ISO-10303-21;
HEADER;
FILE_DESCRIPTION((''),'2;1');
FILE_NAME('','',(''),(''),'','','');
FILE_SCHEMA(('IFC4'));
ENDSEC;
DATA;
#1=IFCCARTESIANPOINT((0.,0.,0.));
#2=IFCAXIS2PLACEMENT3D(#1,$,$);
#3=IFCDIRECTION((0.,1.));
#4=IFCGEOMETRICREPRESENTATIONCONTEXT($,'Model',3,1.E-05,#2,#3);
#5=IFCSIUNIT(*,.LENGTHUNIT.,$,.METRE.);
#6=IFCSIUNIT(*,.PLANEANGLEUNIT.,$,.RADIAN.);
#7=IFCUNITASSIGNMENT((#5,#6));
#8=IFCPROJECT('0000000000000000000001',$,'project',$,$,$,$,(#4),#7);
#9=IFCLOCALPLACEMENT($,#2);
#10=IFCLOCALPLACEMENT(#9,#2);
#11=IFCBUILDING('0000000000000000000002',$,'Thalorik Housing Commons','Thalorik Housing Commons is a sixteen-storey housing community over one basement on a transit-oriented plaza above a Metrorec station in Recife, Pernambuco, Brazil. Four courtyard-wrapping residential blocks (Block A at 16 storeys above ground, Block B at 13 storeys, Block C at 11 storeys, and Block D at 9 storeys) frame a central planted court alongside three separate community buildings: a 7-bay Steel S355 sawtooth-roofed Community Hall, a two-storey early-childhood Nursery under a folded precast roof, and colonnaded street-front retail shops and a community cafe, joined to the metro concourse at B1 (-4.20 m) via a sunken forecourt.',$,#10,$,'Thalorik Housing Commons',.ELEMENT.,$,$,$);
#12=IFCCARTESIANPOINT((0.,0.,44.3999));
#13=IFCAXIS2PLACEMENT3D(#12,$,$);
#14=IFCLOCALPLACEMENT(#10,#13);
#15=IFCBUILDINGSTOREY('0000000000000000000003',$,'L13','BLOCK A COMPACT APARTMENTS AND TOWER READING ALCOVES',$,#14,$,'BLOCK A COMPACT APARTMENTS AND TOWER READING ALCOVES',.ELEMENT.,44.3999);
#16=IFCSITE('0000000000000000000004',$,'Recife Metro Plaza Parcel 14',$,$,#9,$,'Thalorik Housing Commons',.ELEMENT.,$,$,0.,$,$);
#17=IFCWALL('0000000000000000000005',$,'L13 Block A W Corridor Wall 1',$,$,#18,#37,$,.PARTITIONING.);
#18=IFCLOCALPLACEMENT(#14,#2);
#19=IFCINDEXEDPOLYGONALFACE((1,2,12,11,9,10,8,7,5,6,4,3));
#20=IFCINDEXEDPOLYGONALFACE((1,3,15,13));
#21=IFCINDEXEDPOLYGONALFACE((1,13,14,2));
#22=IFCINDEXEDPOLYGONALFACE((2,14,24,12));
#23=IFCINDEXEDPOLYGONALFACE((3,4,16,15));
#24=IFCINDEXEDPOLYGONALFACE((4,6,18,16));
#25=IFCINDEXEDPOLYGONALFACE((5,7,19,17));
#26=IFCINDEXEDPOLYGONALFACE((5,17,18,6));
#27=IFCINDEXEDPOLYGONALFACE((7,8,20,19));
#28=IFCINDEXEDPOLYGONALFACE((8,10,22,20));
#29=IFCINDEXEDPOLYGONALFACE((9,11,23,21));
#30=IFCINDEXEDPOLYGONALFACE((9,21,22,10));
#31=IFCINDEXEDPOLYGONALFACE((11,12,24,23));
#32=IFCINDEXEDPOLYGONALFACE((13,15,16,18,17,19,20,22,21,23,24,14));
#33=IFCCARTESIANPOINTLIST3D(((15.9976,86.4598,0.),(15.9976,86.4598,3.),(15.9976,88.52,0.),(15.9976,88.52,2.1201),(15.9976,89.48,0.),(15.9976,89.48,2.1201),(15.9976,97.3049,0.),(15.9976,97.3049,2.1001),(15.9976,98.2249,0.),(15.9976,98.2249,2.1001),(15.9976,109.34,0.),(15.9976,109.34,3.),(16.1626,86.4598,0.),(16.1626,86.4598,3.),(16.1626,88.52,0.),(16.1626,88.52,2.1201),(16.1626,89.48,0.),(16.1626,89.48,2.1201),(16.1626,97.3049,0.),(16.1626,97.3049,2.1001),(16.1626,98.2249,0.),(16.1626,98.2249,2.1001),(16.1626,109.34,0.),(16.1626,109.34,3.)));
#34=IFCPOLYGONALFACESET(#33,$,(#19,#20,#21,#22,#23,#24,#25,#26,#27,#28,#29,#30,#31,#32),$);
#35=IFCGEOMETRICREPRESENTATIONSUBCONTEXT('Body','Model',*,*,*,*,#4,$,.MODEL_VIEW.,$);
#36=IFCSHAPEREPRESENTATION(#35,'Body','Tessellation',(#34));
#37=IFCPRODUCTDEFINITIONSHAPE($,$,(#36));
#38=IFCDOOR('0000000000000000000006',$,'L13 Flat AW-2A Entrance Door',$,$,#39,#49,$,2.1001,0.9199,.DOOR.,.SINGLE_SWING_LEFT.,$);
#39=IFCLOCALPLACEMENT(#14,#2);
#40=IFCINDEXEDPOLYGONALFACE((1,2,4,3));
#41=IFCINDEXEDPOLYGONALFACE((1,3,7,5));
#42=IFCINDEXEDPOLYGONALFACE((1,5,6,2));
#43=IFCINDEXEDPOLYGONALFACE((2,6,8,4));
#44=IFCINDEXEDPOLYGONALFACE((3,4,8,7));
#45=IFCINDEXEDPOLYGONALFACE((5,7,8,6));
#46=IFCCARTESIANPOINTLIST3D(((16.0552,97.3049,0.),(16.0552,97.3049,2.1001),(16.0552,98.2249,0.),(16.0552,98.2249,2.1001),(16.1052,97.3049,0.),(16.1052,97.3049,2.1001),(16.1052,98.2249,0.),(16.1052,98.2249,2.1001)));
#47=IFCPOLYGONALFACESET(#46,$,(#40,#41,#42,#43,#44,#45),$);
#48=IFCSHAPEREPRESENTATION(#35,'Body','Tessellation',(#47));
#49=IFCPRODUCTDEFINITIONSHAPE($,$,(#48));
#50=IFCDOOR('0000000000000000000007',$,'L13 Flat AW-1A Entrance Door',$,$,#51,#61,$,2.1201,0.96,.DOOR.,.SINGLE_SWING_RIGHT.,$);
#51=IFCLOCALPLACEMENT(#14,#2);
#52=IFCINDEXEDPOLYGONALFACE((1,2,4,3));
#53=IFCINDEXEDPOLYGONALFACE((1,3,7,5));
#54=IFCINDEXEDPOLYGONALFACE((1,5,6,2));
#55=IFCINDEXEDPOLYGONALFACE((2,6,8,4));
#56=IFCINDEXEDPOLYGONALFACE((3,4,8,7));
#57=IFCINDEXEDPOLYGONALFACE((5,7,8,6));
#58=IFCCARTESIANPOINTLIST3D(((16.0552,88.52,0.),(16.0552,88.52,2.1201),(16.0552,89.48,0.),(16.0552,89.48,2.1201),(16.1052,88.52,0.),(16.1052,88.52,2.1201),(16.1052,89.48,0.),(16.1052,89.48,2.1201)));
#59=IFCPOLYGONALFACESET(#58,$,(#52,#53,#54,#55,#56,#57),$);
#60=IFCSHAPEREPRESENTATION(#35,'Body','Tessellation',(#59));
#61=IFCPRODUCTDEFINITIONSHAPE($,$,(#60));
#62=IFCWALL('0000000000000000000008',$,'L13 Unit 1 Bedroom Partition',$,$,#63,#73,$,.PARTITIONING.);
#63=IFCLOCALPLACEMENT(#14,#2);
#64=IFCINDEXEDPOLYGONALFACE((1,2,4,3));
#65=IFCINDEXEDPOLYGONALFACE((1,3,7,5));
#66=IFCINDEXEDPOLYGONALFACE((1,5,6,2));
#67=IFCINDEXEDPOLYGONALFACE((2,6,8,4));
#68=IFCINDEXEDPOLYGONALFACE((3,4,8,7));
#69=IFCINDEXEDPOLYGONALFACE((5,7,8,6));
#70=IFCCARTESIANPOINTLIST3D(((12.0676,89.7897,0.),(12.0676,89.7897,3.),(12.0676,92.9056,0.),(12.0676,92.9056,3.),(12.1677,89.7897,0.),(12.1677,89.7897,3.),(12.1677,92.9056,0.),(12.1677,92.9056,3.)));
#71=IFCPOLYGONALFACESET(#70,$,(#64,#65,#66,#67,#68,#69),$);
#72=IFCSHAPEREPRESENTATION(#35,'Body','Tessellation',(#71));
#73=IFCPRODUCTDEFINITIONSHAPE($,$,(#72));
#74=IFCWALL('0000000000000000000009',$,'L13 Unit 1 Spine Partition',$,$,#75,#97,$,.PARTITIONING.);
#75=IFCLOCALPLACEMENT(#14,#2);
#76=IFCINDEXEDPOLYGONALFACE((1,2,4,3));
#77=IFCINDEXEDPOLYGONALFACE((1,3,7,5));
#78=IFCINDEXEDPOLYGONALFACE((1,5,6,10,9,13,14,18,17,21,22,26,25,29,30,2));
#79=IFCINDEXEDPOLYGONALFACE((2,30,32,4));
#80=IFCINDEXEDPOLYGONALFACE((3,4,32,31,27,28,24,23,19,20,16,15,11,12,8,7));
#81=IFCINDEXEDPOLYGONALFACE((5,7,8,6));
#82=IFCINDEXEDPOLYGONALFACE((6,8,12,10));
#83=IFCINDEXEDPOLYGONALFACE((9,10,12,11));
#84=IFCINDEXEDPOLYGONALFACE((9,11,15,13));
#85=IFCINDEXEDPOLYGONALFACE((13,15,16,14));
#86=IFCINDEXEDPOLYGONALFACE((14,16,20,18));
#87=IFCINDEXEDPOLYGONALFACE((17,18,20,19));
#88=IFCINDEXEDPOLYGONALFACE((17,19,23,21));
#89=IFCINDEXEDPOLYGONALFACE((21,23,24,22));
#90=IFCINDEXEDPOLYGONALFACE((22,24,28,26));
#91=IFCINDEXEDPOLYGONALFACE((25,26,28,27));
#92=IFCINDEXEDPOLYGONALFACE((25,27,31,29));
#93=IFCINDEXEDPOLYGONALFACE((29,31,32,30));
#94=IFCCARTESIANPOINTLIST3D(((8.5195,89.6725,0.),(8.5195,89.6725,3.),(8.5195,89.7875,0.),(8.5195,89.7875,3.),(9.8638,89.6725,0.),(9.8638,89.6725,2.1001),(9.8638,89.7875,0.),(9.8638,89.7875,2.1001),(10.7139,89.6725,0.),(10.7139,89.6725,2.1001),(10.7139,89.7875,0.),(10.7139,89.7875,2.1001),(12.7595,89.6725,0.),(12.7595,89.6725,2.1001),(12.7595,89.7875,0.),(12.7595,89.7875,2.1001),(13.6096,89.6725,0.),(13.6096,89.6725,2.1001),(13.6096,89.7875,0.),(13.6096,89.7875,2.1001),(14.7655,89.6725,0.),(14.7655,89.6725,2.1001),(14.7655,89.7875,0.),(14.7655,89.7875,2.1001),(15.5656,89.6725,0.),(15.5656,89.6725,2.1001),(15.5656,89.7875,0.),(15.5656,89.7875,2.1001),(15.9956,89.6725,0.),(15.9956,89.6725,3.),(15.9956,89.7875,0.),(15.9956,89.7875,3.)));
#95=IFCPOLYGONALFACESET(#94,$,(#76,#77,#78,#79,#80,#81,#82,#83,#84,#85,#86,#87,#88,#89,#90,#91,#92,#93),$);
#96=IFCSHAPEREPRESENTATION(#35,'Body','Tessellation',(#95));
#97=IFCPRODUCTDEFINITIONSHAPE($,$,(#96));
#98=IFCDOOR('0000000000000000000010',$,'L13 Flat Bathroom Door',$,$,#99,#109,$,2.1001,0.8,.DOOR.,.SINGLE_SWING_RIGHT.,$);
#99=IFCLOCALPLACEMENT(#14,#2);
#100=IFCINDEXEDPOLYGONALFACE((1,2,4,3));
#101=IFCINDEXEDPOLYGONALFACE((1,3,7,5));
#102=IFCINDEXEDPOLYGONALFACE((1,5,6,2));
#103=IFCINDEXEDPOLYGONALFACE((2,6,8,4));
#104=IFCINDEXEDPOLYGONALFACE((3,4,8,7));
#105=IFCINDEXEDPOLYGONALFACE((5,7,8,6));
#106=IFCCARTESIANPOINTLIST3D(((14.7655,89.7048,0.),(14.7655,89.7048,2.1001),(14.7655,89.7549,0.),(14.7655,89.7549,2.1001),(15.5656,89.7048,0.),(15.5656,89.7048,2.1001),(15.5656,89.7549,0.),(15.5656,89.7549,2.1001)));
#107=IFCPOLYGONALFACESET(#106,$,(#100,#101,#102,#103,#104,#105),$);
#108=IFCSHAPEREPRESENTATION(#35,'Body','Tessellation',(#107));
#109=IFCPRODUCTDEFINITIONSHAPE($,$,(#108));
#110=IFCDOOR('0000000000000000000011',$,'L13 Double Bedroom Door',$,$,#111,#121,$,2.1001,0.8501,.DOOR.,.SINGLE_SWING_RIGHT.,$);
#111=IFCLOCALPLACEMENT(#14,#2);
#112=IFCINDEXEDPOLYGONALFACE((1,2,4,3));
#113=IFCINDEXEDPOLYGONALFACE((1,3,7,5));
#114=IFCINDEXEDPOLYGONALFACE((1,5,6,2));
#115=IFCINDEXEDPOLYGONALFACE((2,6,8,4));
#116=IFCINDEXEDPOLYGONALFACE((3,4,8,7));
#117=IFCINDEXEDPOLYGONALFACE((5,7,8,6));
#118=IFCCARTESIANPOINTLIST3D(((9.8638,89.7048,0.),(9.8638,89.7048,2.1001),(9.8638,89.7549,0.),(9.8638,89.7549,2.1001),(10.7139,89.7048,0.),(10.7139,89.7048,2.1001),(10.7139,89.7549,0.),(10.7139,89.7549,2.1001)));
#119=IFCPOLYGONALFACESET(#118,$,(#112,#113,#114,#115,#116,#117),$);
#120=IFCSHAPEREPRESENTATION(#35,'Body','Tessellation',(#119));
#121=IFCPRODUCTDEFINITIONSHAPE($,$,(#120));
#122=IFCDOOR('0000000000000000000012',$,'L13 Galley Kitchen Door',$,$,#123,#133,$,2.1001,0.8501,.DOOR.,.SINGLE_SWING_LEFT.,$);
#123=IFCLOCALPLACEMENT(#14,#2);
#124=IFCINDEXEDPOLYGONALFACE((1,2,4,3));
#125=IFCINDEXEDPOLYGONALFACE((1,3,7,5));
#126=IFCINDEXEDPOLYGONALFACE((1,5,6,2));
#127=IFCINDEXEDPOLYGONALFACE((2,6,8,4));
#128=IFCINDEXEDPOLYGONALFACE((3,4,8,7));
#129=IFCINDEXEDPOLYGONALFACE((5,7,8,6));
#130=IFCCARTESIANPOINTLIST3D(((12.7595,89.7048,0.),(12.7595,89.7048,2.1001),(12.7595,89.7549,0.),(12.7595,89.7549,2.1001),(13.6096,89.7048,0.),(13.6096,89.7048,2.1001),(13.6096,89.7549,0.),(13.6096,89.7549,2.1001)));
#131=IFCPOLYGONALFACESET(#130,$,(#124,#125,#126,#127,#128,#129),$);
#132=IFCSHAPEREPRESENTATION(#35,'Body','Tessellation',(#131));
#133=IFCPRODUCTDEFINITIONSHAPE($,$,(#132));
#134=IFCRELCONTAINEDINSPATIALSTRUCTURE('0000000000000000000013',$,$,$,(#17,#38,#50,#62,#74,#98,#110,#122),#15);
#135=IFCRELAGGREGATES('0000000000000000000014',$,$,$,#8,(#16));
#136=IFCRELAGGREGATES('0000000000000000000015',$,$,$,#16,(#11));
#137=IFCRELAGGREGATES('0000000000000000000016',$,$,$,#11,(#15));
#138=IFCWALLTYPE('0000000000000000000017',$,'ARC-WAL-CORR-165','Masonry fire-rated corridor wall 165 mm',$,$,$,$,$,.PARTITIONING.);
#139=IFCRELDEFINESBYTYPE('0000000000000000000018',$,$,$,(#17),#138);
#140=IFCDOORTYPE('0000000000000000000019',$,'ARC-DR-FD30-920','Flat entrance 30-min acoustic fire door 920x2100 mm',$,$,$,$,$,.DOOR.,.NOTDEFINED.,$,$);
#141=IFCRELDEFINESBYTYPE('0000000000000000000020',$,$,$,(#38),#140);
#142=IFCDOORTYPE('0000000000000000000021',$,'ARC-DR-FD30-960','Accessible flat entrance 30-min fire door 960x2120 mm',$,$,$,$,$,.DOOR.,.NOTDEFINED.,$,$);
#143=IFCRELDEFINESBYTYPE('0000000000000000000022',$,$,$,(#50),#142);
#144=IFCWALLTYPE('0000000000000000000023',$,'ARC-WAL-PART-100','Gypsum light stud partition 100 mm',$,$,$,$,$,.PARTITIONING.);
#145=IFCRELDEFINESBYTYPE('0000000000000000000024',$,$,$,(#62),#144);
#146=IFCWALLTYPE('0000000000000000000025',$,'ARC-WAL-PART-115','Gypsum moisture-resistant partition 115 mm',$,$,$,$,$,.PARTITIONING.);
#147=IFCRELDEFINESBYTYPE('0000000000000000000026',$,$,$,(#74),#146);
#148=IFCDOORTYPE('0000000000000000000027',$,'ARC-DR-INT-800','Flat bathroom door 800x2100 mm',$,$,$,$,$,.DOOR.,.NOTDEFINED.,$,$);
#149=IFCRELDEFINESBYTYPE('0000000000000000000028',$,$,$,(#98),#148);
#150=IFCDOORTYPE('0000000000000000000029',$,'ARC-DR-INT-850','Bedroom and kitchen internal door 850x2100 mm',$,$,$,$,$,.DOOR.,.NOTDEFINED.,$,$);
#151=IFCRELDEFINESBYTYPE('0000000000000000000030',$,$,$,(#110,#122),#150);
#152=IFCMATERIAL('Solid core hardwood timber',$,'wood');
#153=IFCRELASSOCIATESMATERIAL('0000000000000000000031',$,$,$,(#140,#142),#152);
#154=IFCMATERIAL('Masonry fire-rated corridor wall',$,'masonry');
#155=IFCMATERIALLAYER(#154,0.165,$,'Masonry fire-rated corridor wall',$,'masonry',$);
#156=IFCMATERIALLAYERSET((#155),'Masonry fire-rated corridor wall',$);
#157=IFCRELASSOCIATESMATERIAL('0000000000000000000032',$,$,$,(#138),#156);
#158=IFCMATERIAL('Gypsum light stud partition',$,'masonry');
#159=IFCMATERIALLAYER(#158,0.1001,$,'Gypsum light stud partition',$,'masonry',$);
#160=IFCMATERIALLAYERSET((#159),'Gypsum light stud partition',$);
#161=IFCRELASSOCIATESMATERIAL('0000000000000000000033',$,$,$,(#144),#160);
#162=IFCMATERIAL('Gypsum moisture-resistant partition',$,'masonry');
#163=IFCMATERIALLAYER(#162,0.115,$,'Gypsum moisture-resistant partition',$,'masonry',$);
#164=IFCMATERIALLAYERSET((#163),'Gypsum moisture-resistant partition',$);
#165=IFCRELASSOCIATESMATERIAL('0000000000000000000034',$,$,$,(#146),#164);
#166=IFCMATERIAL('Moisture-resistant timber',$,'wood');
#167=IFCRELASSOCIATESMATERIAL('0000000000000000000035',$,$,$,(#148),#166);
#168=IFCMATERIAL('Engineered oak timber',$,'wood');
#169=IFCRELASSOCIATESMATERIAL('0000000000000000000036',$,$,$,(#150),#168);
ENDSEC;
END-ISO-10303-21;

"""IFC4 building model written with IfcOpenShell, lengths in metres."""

from ifc_helpers import new_model, si_unit, direction, frame, frame_2d, origin, place, context, subcontext, project, spatial, rectangle, extrude, material, layer, layer_set, type_object, element, fill, save


model = new_model("IFC4")

# Units and contexts
model_context = context("Model", 3, precision=1e-05, world=origin(), true_north=direction((0.0, 1.0)))
body_context = subcontext(model_context, "Body", "Model", "MODEL_VIEW")
ifc_project = project(units=[si_unit("LENGTHUNIT", "METRE"), si_unit("PLANEANGLEUNIT", "RADIAN")], contexts=[model_context])

# Site, building, storey
site_placement = place(None, origin())
site = spatial("IfcSite", under=ifc_project, at=site_placement, Name="Recife Metro Plaza Parcel 14", LongName="Thalorik Housing Commons", CompositionType="ELEMENT", RefElevation=0.0)
building_placement = place(site_placement, origin())
building = spatial("IfcBuilding", under=site, at=building_placement, Name="Thalorik Housing Commons", Description="Thalorik Housing Commons is a sixteen-storey housing community over one basement on a transit-oriented plaza above a Metrorec station in Recife, Pernambuco, Brazil. Four courtyard-wrapping residential blocks (Block A at 16 storeys above ground, Block B at 13 storeys, Block C at 11 storeys, and Block D at 9 storeys) frame a central planted court alongside three separate community buildings: a 7-bay Steel S355 sawtooth-roofed Community Hall, a two-storey early-childhood Nursery under a folded precast roof, and colonnaded street-front retail shops and a community cafe, joined to the metro concourse at B1 (-4.20 m) via a sunken forecourt.", LongName="Thalorik Housing Commons", CompositionType="ELEMENT")
storey_placement = place(building_placement, frame((0.0, 0.0, 44.3999)))
storey = spatial("IfcBuildingStorey", under=building, at=storey_placement, Name="L13", Description="BLOCK A COMPACT APARTMENTS AND TOWER READING ALCOVES", LongName="BLOCK A COMPACT APARTMENTS AND TOWER READING ALCOVES", CompositionType="ELEMENT", Elevation=44.3999)

# Wall, openings, doors
ifc_material_1 = material(Name="Masonry fire-rated corridor wall", Category="masonry")
ifc_material_2 = material(Name="Solid core hardwood timber", Category="wood")
door_type_1 = type_object("IfcDoorType", Name="ARC-DR-FD30-920", Description="Flat entrance 30-min acoustic fire door 920x2100 mm", OperationType="NOTDEFINED", PredefinedType="DOOR", material=ifc_material_2)
ifc_layer_1 = layer(ifc_material_1, 0.165, Name="Masonry fire-rated corridor wall", Category="masonry")
ifc_layer_set_1 = layer_set([ifc_layer_1], Name="Masonry fire-rated corridor wall")
wall_type_1 = type_object("IfcWallType", Name="ARC-WAL-CORR-165", Description="Masonry fire-rated corridor wall 165 mm", PredefinedType="PARTITIONING", material=ifc_layer_set_1)
wall_1_placement = place(storey_placement, frame((16.0801, 86.46, 0.0), z_axis=(0.0, 0.0, 1.0), x_axis=(0.0, 1.0, 0.0)))
wall_1 = element("IfcWall", 1, at=wall_1_placement, inside=storey, type_object=wall_type_1, Name="L13 Block A W Corridor Wall 1", PredefinedType="PARTITIONING", context=body_context, shape_type="SweptSolid", body=[
    extrude(rectangle(XDim=22.8801, YDim=0.165, at=frame_2d((11.4399, 0.0))), origin(), (0.0, 0.0, 1.0), 3.0),
])
opening_1_placement = place(wall_1_placement, frame((2.0601, 0.0, 0.0)))
opening_1 = element("IfcOpeningElement", 2, at=opening_1_placement, cuts=wall_1, PredefinedType="OPENING", context=body_context, shape_type="SweptSolid", body=[
    extrude(rectangle(XDim=0.96, YDim=2.1201, at=frame_2d((0.48, 1.0601))), frame((0.0, 0.0925, 0.0), z_axis=(0.0, -1.0, 0.0), x_axis=(1.0, 0.0, 0.0)), (0.0, 0.0, 1.0), 0.1851),
])
opening_2_placement = place(wall_1_placement, frame((10.845, 0.0, 0.0)))
opening_2 = element("IfcOpeningElement", 3, at=opening_2_placement, cuts=wall_1, PredefinedType="OPENING", context=body_context, shape_type="SweptSolid", body=[
    extrude(rectangle(XDim=0.9199, YDim=2.1001, at=frame_2d((0.46, 1.05))), frame((0.0, 0.0925, 0.0), z_axis=(0.0, -1.0, 0.0), x_axis=(1.0, 0.0, 0.0)), (0.0, 0.0, 1.0), 0.1851),
])
door_1_placement = place(opening_2_placement, origin())
door_1 = element("IfcDoor", 4, at=door_1_placement, inside=storey, type_object=door_type_1, Name="L13 Flat AW-2A Entrance Door", OperationType="SINGLE_SWING_LEFT", OverallHeight=2.1001, OverallWidth=0.9199, PredefinedType="DOOR", context=body_context, shape_type="SweptSolid", body=[
    extrude(rectangle(XDim=0.9199, YDim=2.1001, at=frame_2d((0.46, 1.05))), frame((0.0, 0.0249, 0.0), z_axis=(0.0, -1.0, 0.0), x_axis=(1.0, 0.0, 0.0)), (0.0, 0.0, 1.0), 0.05),
])
fill(opening_2, door_1)
door_type_2 = type_object("IfcDoorType", Name="ARC-DR-FD30-960", Description="Accessible flat entrance 30-min fire door 960x2120 mm", OperationType="NOTDEFINED", PredefinedType="DOOR", material=ifc_material_2)
door_2_placement = place(opening_1_placement, origin())
door_2 = element("IfcDoor", 5, at=door_2_placement, inside=storey, type_object=door_type_2, Name="L13 Flat AW-1A Entrance Door", OperationType="SINGLE_SWING_RIGHT", OverallHeight=2.1201, OverallWidth=0.96, PredefinedType="DOOR", context=body_context, shape_type="SweptSolid", body=[
    extrude(rectangle(XDim=0.96, YDim=2.1201, at=frame_2d((0.48, 1.0601))), frame((0.0, 0.0249, 0.0), z_axis=(0.0, -1.0, 0.0), x_axis=(1.0, 0.0, 0.0)), (0.0, 0.0, 1.0), 0.05),
])
fill(opening_1, door_2)

# Wall
ifc_material_3 = material(Name="Gypsum light stud partition", Category="masonry")
ifc_layer_2 = layer(ifc_material_3, 0.1001, Name="Gypsum light stud partition", Category="masonry")
ifc_layer_set_2 = layer_set([ifc_layer_2], Name="Gypsum light stud partition")
wall_type_2 = type_object("IfcWallType", Name="ARC-WAL-PART-100", Description="Gypsum light stud partition 100 mm", PredefinedType="PARTITIONING", material=ifc_layer_set_2)
wall_2_placement = place(storey_placement, frame((12.1177, 89.7896, 0.0), z_axis=(0.0, 0.0, 1.0), x_axis=(0.0, 1.0, 0.0)))
element("IfcWall", 6, at=wall_2_placement, inside=storey, type_object=wall_type_2, Name="L13 Unit 1 Bedroom Partition", PredefinedType="PARTITIONING", context=body_context, shape_type="SweptSolid", body=[
    extrude(rectangle(XDim=3.116, YDim=0.1001, at=frame_2d((1.5581, 0.0))), origin(), (0.0, 0.0, 1.0), 3.0),
])

# Wall, openings, doors
ifc_material_4 = material(Name="Gypsum moisture-resistant partition", Category="masonry")
ifc_layer_3 = layer(ifc_material_4, 0.115, Name="Gypsum moisture-resistant partition", Category="masonry")
ifc_layer_set_3 = layer_set([ifc_layer_3], Name="Gypsum moisture-resistant partition")
wall_type_3 = type_object("IfcWallType", Name="ARC-WAL-PART-115", Description="Gypsum moisture-resistant partition 115 mm", PredefinedType="PARTITIONING", material=ifc_layer_set_3)
wall_3_placement = place(storey_placement, frame((8.5195, 89.73, 0.0), z_axis=(0.0, 0.0, 1.0), x_axis=(1.0, 0.0, 0.0)))
wall_3 = element("IfcWall", 7, at=wall_3_placement, inside=storey, type_object=wall_type_3, Name="L13 Unit 1 Spine Partition", PredefinedType="PARTITIONING", context=body_context, shape_type="SweptSolid", body=[
    extrude(rectangle(XDim=7.4761, YDim=0.115, at=frame_2d((3.738, 0.0))), origin(), (0.0, 0.0, 1.0), 3.0),
])
opening_3_placement = place(wall_3_placement, frame((1.3442, 0.0, 0.0)))
opening_3 = element("IfcOpeningElement", 8, at=opening_3_placement, cuts=wall_3, PredefinedType="OPENING", context=body_context, shape_type="SweptSolid", body=[
    extrude(rectangle(XDim=0.8501, YDim=2.1001, at=frame_2d((0.425, 1.05))), frame((0.0, 0.0674, 0.0), z_axis=(0.0, -1.0, 0.0), x_axis=(1.0, 0.0, 0.0)), (0.0, 0.0, 1.0), 0.135),
])
opening_4_placement = place(wall_3_placement, frame((4.24, 0.0, 0.0)))
opening_4 = element("IfcOpeningElement", 9, at=opening_4_placement, cuts=wall_3, PredefinedType="OPENING", context=body_context, shape_type="SweptSolid", body=[
    extrude(rectangle(XDim=0.8501, YDim=2.1001, at=frame_2d((0.425, 1.05))), frame((0.0, 0.0674, 0.0), z_axis=(0.0, -1.0, 0.0), x_axis=(1.0, 0.0, 0.0)), (0.0, 0.0, 1.0), 0.135),
])
opening_5_placement = place(wall_3_placement, frame((6.2461, 0.0, 0.0)))
opening_5 = element("IfcOpeningElement", 10, at=opening_5_placement, cuts=wall_3, PredefinedType="OPENING", context=body_context, shape_type="SweptSolid", body=[
    extrude(rectangle(XDim=0.8, YDim=2.1001, at=frame_2d((0.3999, 1.05))), frame((0.0, 0.0674, 0.0), z_axis=(0.0, -1.0, 0.0), x_axis=(1.0, 0.0, 0.0)), (0.0, 0.0, 1.0), 0.135),
])
ifc_material_5 = material(Name="Moisture-resistant timber", Category="wood")
door_type_3 = type_object("IfcDoorType", Name="ARC-DR-INT-800", Description="Flat bathroom door 800x2100 mm", OperationType="NOTDEFINED", PredefinedType="DOOR", material=ifc_material_5)
door_3_placement = place(opening_5_placement, origin())
door_3 = element("IfcDoor", 11, at=door_3_placement, inside=storey, type_object=door_type_3, Name="L13 Flat Bathroom Door", OperationType="SINGLE_SWING_RIGHT", OverallHeight=2.1001, OverallWidth=0.8, PredefinedType="DOOR", context=body_context, shape_type="SweptSolid", body=[
    extrude(rectangle(XDim=0.8, YDim=2.1001, at=frame_2d((0.3999, 1.05))), frame((0.0, 0.0249, 0.0), z_axis=(0.0, -1.0, 0.0), x_axis=(1.0, 0.0, 0.0)), (0.0, 0.0, 1.0), 0.05),
])
fill(opening_5, door_3)
ifc_material_6 = material(Name="Engineered oak timber", Category="wood")
door_type_4 = type_object("IfcDoorType", Name="ARC-DR-INT-850", Description="Bedroom and kitchen internal door 850x2100 mm", OperationType="NOTDEFINED", PredefinedType="DOOR", material=ifc_material_6)
door_4_placement = place(opening_3_placement, origin())
door_4 = element("IfcDoor", 12, at=door_4_placement, inside=storey, type_object=door_type_4, Name="L13 Double Bedroom Door", OperationType="SINGLE_SWING_RIGHT", OverallHeight=2.1001, OverallWidth=0.8501, PredefinedType="DOOR", context=body_context, shape_type="SweptSolid", body=[
    extrude(rectangle(XDim=0.8501, YDim=2.1001, at=frame_2d((0.425, 1.05))), frame((0.0, 0.0249, 0.0), z_axis=(0.0, -1.0, 0.0), x_axis=(1.0, 0.0, 0.0)), (0.0, 0.0, 1.0), 0.05),
])
fill(opening_3, door_4)
door_5_placement = place(opening_4_placement, origin())
door_5 = element("IfcDoor", 13, at=door_5_placement, inside=storey, type_object=door_type_4, Name="L13 Galley Kitchen Door", OperationType="SINGLE_SWING_LEFT", OverallHeight=2.1001, OverallWidth=0.8501, PredefinedType="DOOR", context=body_context, shape_type="SweptSolid", body=[
    extrude(rectangle(XDim=0.8501, YDim=2.1001, at=frame_2d((0.425, 1.05))), frame((0.0, 0.0249, 0.0), z_axis=(0.0, -1.0, 0.0), x_axis=(1.0, 0.0, 0.0)), (0.0, 0.0, 1.0), 0.05),
])
fill(opening_4, door_5)

save(model, "model.ifc")
